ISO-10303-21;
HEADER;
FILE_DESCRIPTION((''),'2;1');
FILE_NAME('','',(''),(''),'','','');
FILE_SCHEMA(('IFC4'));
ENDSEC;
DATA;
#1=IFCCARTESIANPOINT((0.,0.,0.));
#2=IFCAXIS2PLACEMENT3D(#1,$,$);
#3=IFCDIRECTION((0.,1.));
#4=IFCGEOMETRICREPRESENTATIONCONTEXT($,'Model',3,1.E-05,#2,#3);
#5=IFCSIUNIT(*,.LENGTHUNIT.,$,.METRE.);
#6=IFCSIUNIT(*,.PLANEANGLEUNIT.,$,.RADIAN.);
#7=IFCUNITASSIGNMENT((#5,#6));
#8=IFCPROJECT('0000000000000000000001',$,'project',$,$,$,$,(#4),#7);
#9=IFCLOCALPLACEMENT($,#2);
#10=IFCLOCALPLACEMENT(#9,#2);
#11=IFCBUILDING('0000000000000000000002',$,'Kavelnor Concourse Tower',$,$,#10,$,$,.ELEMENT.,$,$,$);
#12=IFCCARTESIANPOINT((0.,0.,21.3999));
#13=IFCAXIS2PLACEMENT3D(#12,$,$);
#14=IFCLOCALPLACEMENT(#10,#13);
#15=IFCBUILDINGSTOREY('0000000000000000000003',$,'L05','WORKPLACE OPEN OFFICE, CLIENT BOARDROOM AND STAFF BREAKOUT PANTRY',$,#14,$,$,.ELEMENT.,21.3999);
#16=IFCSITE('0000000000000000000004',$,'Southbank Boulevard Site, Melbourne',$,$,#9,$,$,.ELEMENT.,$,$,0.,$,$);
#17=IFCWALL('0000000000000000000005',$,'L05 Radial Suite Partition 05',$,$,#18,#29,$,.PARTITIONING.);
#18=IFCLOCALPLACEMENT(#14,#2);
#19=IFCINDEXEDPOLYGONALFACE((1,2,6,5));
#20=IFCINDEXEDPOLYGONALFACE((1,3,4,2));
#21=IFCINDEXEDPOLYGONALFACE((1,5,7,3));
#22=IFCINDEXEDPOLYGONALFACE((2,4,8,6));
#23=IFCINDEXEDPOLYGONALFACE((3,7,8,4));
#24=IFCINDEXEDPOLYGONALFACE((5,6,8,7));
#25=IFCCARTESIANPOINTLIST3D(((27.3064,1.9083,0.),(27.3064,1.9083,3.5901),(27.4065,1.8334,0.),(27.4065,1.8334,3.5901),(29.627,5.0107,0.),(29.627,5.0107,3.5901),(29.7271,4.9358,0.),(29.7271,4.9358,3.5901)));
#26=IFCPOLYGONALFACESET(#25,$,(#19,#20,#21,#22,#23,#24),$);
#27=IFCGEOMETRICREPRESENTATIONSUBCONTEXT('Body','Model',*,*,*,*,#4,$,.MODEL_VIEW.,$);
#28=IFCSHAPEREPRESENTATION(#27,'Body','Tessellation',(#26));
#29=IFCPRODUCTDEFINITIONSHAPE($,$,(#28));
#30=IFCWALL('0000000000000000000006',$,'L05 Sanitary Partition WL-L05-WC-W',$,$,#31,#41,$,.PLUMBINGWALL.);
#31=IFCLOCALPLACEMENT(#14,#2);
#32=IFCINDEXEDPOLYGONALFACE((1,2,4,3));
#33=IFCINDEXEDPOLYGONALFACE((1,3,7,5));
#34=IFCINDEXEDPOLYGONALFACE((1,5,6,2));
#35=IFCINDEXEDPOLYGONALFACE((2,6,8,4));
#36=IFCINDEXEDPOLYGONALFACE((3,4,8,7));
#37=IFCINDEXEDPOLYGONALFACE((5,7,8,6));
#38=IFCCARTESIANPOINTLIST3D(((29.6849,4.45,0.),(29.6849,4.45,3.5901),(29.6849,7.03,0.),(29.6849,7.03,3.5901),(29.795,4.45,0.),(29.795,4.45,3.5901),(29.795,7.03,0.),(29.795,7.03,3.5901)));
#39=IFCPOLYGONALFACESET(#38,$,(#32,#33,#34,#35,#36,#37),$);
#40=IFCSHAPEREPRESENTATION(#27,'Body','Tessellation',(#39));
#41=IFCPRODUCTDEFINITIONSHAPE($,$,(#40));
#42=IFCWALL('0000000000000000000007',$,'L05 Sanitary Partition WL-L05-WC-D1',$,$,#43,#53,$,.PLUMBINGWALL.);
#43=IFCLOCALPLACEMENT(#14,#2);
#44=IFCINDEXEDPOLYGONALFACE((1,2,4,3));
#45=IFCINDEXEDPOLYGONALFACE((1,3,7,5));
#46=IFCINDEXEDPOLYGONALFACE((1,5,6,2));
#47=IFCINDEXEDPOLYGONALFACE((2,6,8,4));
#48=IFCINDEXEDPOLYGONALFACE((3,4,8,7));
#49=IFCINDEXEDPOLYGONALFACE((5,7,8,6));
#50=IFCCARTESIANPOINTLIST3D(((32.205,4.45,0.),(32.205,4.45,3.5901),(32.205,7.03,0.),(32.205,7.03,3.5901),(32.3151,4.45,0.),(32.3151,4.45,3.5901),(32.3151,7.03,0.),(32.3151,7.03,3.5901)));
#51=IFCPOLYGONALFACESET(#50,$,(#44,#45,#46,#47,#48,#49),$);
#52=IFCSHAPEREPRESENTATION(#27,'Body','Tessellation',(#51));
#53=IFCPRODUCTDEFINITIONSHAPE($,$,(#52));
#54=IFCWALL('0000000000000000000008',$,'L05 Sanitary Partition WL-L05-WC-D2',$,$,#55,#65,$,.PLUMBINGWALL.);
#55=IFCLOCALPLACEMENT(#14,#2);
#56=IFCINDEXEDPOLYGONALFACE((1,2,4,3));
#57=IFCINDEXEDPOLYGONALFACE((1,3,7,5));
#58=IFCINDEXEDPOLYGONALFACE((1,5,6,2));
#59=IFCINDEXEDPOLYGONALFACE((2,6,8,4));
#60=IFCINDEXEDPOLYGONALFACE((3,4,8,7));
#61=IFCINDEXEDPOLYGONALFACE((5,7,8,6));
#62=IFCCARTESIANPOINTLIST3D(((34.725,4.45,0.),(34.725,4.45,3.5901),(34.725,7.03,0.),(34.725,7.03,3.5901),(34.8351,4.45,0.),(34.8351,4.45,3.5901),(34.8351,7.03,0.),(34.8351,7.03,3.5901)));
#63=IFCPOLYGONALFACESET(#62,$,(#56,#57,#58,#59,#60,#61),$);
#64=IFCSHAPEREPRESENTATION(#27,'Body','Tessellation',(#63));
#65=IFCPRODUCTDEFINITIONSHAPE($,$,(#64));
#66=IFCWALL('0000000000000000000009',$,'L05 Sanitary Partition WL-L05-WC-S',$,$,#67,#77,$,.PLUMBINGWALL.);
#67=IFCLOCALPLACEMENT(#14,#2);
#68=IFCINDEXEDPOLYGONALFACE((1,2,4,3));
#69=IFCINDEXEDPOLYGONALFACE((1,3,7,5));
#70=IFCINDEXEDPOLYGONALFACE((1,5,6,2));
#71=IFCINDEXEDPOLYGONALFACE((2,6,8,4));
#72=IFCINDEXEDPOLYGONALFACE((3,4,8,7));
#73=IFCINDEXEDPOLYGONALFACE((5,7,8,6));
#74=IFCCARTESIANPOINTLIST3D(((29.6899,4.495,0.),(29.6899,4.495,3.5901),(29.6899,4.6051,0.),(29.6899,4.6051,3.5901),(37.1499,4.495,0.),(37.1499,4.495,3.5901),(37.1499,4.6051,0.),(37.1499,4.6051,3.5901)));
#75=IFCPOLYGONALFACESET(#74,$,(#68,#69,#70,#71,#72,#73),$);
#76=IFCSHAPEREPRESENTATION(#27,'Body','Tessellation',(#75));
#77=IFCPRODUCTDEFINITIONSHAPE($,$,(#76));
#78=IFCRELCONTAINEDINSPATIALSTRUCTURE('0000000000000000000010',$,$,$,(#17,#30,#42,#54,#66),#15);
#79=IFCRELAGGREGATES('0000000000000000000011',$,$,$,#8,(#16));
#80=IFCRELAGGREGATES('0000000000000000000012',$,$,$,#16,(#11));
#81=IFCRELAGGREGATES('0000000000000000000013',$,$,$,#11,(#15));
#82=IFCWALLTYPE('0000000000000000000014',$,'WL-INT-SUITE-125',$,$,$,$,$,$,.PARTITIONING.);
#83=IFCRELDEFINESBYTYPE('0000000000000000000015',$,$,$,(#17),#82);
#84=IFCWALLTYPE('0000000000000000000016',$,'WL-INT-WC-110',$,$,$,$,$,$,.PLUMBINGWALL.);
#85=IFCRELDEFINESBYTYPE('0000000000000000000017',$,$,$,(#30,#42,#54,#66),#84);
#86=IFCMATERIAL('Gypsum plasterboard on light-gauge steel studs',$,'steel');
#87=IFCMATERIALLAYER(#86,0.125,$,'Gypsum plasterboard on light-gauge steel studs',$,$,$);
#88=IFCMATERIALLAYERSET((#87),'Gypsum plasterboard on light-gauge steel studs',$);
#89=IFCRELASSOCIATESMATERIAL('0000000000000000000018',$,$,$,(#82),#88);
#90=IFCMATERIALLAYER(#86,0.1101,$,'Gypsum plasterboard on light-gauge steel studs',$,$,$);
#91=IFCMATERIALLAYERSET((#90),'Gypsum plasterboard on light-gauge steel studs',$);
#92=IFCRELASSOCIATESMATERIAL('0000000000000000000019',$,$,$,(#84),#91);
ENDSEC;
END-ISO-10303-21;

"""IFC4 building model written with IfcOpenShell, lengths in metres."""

from ifc_helpers import new_model, si_unit, direction, frame, frame_2d, origin, place, context, subcontext, project, spatial, rectangle, extrude, material, layer, layer_set, type_object, element, save


model = new_model("IFC4")

# Units and contexts
model_context = context("Model", 3, precision=1e-05, world=origin(), true_north=direction((0.0, 1.0)))
body_context = subcontext(model_context, "Body", "Model", "MODEL_VIEW")
ifc_project = project(units=[si_unit("LENGTHUNIT", "METRE"), si_unit("PLANEANGLEUNIT", "RADIAN")], contexts=[model_context])

# Site, building, storey
site_placement = place(None, origin())
site = spatial("IfcSite", under=ifc_project, at=site_placement, Name="Southbank Boulevard Site, Melbourne", CompositionType="ELEMENT", RefElevation=0.0)
building_placement = place(site_placement, origin())
building = spatial("IfcBuilding", under=site, at=building_placement, Name="Kavelnor Concourse Tower", CompositionType="ELEMENT")
storey_placement = place(building_placement, frame((0.0, 0.0, 21.3999)))
storey = spatial("IfcBuildingStorey", under=building, at=storey_placement, Name="L05", Description="WORKPLACE OPEN OFFICE, CLIENT BOARDROOM AND STAFF BREAKOUT PANTRY", CompositionType="ELEMENT", Elevation=21.3999)

# Walls
ifc_material_1 = material(Name="Gypsum plasterboard on light-gauge steel studs", Category="steel")
ifc_layer_1 = layer(ifc_material_1, 0.125, Name="Gypsum plasterboard on light-gauge steel studs")
ifc_layer_set_1 = layer_set([ifc_layer_1], Name="Gypsum plasterboard on light-gauge steel studs")
wall_type_1 = type_object("IfcWallType", Name="WL-INT-SUITE-125", PredefinedType="PARTITIONING", material=ifc_layer_set_1)
wall_1_placement = place(storey_placement, frame((29.677, 4.9731, 0.0), z_axis=(0.0, 0.0, 1.0), x_axis=(-0.598981, -0.800763, 0.0)))
element("IfcWall", 1, at=wall_1_placement, inside=storey, type_object=wall_type_1, Name="L05 Radial Suite Partition 05", PredefinedType="PARTITIONING", context=body_context, shape_type="SweptSolid", body=[
    extrude(rectangle(XDim=3.8743, YDim=0.125, at=frame_2d((1.937, 0.0))), origin(), (0.0, 0.0, 1.0), 3.5901),
])
ifc_layer_2 = layer(ifc_material_1, 0.1101, Name="Gypsum plasterboard on light-gauge steel studs")
ifc_layer_set_2 = layer_set([ifc_layer_2], Name="Gypsum plasterboard on light-gauge steel studs")
wall_type_2 = type_object("IfcWallType", Name="WL-INT-WC-110", PredefinedType="PLUMBINGWALL", material=ifc_layer_set_2)
for number, where, z_axis, x_axis, name in (
    (2, (29.74, 4.45, 0.0), (0.0, 0.0, 1.0), (0.0, 1.0, 0.0), "L05 Sanitary Partition WL-L05-WC-W"),
    (3, (32.26, 4.45, 0.0), (0.0, 0.0, 1.0), (0.0, 1.0, 0.0), "L05 Sanitary Partition WL-L05-WC-D1"),
    (4, (34.78, 4.45, 0.0), (0.0, 0.0, 1.0), (0.0, 1.0, 0.0), "L05 Sanitary Partition WL-L05-WC-D2"),
):
    element("IfcWall", number, at=place(storey_placement, frame(where, z_axis=z_axis, x_axis=x_axis)), inside=storey, type_object=wall_type_2, Name=name, PredefinedType="PLUMBINGWALL", context=body_context, shape_type="SweptSolid", body=[
        extrude(rectangle(XDim=2.5801, YDim=0.1101, at=frame_2d((1.29, 0.0))), origin(), (0.0, 0.0, 1.0), 3.5901),
    ])
wall_2_placement = place(storey_placement, frame((29.6899, 4.55, 0.0), z_axis=(0.0, 0.0, 1.0), x_axis=(1.0, 0.0, 0.0)))
element("IfcWall", 5, at=wall_2_placement, inside=storey, type_object=wall_type_2, Name="L05 Sanitary Partition WL-L05-WC-S", PredefinedType="PLUMBINGWALL", context=body_context, shape_type="SweptSolid", body=[
    extrude(rectangle(XDim=7.46, YDim=0.1101, at=frame_2d((3.73, 0.0))), origin(), (0.0, 0.0, 1.0), 3.5901),
])

save(model, "model.ifc")
